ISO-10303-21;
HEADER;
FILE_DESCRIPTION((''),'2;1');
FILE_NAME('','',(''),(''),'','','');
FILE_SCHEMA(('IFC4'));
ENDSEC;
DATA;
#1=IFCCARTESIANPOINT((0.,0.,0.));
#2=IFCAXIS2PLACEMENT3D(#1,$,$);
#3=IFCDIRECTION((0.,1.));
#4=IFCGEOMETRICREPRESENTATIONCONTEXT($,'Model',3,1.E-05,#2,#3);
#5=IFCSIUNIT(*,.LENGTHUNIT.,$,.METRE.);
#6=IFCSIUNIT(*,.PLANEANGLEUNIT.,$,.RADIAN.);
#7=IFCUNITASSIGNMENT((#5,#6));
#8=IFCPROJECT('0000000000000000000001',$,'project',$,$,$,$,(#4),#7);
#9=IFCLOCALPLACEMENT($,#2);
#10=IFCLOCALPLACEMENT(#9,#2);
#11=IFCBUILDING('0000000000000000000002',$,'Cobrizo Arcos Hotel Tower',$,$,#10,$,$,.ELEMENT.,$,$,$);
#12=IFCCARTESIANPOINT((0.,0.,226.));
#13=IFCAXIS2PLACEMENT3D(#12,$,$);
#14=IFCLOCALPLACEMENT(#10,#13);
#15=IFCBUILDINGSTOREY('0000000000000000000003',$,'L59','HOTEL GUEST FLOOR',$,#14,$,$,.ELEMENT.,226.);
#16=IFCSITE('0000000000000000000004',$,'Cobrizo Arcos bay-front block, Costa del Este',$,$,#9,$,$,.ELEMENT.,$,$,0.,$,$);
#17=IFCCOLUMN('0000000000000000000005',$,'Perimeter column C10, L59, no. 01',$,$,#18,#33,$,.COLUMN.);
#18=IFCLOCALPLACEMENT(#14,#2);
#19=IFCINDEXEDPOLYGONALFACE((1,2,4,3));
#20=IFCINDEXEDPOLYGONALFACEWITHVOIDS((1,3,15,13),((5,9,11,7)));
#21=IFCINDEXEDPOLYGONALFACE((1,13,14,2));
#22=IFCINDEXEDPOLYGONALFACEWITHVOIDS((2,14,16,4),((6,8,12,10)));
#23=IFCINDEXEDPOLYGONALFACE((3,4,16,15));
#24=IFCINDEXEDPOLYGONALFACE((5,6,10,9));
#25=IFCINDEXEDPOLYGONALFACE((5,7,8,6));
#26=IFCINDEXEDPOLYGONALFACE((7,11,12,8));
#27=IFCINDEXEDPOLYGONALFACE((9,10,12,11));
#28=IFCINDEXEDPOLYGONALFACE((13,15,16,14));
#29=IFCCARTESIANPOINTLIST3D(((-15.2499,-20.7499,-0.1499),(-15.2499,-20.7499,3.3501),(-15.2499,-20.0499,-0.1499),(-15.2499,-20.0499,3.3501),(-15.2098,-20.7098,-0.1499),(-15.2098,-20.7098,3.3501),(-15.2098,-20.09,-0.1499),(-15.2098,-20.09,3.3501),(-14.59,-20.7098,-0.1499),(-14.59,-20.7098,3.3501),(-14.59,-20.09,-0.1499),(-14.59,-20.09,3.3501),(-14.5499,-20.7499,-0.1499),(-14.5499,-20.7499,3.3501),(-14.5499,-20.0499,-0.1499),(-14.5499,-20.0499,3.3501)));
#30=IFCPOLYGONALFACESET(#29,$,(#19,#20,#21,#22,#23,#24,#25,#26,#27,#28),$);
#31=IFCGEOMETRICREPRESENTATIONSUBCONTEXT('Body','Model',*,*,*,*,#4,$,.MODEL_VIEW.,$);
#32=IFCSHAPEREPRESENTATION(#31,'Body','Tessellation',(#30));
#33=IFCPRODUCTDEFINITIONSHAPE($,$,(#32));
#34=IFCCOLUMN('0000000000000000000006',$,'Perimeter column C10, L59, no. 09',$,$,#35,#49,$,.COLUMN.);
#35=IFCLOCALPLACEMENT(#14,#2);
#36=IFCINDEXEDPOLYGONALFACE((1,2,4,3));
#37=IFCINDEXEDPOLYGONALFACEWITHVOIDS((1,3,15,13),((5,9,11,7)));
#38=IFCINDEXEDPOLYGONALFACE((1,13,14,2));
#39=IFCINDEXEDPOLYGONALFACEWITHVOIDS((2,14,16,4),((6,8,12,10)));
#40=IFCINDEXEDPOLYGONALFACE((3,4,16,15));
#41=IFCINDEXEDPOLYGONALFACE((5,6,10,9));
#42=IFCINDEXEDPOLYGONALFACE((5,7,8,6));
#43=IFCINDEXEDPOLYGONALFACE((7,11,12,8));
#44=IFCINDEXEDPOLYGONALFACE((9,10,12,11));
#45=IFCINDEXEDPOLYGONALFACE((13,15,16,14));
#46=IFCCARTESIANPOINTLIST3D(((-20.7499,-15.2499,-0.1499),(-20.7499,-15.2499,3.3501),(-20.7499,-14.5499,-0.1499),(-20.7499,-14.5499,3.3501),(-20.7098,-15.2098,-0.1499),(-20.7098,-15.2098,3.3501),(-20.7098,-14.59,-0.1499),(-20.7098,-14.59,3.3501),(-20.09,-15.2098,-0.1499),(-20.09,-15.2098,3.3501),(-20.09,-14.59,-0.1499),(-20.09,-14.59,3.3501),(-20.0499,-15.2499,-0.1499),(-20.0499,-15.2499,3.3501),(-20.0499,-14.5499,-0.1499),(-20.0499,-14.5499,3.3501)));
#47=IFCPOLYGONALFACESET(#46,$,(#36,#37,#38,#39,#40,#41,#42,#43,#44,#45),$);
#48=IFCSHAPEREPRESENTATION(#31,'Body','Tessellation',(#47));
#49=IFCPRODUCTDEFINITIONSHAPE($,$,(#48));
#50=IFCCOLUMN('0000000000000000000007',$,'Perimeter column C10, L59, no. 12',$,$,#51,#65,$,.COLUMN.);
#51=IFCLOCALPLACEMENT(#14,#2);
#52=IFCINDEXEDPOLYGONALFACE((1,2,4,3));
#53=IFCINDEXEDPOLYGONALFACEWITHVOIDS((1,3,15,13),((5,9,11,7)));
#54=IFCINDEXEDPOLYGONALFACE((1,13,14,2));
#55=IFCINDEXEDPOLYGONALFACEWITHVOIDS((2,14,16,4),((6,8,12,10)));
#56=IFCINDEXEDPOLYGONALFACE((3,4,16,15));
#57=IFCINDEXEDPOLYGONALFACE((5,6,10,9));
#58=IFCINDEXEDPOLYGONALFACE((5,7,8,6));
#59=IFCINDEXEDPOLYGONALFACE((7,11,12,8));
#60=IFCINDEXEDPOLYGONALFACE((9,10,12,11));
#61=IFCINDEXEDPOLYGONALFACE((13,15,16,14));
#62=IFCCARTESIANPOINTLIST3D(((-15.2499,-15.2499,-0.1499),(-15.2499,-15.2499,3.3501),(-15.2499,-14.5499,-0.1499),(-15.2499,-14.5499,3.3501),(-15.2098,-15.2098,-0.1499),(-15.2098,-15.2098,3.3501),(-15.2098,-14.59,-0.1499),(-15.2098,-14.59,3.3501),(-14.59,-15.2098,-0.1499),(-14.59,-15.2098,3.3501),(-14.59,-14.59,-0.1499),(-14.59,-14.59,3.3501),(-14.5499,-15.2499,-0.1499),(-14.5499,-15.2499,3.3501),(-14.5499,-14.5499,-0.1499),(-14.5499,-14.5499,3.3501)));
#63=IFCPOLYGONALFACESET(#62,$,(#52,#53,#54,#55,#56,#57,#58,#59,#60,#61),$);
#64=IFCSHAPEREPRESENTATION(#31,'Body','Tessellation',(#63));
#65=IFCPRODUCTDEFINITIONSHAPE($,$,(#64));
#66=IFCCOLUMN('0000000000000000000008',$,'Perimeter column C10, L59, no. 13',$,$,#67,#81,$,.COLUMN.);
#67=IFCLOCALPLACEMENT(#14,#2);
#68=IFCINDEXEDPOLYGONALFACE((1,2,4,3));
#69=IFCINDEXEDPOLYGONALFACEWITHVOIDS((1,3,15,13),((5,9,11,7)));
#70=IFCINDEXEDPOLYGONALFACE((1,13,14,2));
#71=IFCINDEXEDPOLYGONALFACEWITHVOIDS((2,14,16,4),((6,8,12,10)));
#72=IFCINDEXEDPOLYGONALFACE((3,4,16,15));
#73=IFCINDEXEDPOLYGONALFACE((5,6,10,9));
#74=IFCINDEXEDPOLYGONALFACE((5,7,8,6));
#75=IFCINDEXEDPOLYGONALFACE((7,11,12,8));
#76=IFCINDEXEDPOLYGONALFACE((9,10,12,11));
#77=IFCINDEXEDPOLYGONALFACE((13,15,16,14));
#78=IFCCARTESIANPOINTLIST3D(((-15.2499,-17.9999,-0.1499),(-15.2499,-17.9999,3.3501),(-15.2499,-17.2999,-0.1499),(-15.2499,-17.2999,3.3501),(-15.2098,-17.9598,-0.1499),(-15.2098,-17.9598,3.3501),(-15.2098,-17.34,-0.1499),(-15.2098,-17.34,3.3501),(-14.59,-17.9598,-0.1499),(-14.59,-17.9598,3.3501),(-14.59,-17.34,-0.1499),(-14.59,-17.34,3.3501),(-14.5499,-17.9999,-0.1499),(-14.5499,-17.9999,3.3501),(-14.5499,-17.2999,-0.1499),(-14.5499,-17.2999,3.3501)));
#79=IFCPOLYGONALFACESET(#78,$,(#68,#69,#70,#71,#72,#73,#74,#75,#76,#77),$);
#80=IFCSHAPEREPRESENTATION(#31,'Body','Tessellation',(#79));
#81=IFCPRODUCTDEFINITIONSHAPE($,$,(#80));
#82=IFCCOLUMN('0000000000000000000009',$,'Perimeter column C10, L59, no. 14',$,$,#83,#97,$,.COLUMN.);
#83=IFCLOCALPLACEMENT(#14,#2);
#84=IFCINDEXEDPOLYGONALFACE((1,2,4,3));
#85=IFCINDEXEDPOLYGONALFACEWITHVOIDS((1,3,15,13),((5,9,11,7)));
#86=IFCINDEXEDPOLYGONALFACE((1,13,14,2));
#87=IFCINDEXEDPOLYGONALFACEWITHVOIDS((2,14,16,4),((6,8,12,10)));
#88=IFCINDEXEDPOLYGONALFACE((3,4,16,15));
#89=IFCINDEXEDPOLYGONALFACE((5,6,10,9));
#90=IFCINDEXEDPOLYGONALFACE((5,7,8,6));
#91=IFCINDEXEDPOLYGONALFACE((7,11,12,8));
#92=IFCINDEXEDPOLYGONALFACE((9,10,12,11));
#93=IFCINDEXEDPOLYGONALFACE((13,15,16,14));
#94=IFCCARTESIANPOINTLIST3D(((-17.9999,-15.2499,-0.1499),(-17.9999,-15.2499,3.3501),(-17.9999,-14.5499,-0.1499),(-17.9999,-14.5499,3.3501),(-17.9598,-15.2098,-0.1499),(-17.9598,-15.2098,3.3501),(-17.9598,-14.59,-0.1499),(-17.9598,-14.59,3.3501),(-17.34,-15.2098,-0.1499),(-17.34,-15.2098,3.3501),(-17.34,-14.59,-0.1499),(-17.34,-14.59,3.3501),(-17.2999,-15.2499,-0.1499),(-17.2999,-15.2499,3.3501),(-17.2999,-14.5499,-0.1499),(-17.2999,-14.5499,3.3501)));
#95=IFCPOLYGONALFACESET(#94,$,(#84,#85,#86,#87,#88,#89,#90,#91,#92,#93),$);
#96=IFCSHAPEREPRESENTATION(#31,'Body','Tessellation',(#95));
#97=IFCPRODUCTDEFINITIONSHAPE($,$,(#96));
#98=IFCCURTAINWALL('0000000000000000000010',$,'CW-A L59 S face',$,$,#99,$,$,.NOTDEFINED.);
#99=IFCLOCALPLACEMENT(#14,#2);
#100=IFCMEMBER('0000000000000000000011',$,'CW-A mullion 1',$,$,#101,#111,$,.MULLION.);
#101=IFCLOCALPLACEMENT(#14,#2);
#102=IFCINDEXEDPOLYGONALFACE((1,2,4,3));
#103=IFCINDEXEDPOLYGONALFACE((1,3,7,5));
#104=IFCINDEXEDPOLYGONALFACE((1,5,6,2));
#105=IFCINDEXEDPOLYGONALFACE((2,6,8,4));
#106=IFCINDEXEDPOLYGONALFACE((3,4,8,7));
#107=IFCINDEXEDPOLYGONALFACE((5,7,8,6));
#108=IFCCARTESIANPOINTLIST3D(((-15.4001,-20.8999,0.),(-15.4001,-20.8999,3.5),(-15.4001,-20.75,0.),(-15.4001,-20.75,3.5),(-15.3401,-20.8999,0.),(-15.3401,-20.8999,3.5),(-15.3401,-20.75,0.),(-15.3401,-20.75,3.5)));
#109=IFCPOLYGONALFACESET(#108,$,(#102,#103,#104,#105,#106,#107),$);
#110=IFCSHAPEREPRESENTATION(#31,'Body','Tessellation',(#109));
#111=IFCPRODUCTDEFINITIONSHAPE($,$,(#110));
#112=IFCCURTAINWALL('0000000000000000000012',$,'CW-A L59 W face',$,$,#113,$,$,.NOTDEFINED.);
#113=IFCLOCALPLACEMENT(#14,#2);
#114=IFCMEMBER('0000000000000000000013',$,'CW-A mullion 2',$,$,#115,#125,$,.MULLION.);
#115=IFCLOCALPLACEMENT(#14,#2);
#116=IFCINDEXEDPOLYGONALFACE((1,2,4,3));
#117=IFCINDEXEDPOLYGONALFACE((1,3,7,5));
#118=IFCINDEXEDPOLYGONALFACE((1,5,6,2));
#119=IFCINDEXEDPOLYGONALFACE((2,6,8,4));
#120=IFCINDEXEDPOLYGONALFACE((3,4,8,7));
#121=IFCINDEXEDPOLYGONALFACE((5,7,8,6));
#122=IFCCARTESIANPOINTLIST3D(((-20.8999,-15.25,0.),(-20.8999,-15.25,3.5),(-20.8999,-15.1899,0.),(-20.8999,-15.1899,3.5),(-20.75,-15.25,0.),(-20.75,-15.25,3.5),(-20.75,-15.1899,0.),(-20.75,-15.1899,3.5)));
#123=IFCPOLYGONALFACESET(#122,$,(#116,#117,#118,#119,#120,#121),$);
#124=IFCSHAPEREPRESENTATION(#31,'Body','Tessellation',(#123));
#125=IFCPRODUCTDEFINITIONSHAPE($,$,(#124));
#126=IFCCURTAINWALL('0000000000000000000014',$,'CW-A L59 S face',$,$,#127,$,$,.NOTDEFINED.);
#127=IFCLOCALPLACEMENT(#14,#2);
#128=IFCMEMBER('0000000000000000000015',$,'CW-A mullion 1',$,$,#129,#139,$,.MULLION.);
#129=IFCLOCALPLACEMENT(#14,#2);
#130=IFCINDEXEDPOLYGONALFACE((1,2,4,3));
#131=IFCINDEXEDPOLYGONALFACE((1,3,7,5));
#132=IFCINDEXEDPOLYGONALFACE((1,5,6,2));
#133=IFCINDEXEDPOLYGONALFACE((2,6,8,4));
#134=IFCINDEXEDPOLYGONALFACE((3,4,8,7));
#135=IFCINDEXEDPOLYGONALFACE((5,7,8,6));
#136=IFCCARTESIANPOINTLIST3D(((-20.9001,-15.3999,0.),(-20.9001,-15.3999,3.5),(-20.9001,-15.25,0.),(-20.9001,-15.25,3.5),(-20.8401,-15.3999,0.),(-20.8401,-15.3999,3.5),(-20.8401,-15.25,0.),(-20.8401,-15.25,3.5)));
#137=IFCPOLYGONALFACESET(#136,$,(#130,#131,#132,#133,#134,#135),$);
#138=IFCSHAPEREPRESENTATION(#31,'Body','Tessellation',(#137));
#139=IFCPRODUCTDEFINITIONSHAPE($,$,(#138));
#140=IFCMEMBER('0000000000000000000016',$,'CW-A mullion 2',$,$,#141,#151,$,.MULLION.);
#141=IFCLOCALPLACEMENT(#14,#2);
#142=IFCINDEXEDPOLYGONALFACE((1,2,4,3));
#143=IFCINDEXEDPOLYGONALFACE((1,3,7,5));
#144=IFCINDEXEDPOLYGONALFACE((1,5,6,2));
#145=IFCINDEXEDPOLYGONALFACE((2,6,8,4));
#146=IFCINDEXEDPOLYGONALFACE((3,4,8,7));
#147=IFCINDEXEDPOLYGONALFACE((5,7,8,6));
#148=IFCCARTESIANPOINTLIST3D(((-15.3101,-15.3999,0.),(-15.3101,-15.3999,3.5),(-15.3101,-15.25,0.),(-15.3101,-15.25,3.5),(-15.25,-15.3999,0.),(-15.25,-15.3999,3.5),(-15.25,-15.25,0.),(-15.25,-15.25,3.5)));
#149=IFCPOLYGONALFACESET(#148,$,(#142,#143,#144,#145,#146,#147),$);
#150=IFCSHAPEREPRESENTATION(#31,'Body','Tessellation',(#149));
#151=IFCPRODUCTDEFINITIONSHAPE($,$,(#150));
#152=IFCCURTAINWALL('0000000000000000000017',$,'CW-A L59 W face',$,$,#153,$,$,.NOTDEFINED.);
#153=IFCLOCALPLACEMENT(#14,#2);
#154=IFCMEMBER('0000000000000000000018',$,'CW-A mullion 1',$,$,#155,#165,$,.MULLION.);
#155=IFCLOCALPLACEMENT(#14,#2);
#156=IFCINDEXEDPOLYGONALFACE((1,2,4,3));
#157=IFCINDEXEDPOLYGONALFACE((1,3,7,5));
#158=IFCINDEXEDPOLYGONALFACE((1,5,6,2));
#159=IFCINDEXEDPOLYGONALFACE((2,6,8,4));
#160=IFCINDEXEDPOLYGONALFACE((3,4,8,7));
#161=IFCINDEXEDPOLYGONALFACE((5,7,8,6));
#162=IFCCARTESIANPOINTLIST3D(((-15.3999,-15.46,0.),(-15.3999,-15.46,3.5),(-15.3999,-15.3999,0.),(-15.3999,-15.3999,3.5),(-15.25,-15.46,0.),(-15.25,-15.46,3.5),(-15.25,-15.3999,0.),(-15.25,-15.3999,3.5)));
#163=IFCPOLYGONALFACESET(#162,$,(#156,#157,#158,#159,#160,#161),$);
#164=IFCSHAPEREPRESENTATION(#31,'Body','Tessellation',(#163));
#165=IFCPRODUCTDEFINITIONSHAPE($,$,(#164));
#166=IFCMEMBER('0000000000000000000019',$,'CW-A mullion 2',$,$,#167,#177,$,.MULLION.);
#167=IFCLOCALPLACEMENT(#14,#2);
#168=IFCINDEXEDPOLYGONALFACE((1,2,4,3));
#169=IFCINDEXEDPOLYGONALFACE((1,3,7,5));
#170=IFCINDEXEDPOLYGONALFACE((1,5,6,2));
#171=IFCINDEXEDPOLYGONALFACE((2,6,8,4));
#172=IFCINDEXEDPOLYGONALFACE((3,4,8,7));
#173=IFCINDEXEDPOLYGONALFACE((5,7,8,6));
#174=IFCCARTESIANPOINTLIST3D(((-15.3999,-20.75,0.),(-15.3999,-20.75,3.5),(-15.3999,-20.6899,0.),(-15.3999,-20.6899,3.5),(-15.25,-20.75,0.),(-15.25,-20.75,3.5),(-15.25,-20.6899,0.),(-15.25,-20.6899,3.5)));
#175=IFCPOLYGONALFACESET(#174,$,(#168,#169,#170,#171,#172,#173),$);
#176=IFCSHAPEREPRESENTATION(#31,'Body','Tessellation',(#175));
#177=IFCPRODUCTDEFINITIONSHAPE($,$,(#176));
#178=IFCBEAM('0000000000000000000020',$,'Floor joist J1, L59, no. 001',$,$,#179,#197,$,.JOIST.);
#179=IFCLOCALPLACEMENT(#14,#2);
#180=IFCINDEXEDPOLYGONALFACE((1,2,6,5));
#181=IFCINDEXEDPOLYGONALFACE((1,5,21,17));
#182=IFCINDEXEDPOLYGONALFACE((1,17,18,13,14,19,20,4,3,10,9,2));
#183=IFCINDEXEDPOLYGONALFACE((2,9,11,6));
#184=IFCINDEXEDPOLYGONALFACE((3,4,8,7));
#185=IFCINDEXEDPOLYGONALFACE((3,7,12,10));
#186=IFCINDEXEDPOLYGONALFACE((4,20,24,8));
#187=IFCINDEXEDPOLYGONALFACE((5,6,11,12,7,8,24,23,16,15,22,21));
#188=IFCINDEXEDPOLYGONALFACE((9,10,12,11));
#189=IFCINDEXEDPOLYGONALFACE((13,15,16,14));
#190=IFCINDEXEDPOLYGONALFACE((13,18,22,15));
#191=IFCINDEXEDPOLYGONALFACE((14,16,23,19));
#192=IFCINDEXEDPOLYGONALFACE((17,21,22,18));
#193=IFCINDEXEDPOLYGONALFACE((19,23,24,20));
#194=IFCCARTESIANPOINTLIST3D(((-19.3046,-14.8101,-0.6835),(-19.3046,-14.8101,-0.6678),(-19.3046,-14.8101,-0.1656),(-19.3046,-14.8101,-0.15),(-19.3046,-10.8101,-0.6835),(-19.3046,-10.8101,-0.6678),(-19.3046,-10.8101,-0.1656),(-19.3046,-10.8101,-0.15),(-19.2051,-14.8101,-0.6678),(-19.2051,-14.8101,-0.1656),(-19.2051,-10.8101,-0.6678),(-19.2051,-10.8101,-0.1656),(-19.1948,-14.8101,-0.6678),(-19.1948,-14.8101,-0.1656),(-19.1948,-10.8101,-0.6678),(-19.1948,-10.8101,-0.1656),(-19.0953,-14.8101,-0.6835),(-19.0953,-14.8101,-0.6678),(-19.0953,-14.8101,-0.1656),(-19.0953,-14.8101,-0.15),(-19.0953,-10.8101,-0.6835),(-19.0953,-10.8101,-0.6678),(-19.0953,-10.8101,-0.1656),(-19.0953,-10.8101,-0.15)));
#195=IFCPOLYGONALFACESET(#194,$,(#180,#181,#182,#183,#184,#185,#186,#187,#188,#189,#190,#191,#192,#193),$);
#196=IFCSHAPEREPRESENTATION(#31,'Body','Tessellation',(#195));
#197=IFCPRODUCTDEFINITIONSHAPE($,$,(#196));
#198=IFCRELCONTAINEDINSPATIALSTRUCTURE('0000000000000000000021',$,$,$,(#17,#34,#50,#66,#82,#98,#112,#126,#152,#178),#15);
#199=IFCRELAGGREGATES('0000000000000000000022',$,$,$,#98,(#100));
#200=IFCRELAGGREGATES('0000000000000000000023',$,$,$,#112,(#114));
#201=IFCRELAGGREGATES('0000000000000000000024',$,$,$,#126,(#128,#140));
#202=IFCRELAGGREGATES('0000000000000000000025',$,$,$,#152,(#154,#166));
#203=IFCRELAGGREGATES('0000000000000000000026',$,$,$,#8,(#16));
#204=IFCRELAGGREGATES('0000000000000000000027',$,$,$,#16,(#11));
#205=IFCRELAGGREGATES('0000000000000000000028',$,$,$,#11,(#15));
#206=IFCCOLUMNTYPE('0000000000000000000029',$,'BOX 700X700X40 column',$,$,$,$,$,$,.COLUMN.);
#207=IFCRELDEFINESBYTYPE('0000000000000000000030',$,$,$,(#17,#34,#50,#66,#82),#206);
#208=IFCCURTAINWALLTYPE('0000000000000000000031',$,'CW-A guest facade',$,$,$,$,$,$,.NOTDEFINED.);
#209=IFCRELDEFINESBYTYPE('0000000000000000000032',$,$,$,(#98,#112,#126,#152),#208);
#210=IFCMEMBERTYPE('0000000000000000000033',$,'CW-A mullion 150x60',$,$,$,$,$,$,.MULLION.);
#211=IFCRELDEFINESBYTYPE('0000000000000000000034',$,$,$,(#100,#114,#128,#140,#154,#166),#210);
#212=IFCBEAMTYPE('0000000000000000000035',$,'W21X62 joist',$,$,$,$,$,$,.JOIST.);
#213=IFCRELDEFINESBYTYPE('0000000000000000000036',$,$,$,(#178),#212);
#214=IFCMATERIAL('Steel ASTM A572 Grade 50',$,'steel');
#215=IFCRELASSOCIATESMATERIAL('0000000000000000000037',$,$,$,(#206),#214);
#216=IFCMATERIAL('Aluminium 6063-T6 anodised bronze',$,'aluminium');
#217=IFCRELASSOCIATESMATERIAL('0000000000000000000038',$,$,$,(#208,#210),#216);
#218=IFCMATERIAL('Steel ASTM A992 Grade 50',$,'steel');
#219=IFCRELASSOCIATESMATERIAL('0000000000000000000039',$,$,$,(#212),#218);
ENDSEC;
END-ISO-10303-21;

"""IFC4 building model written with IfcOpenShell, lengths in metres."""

from ifc_helpers import new_model, si_unit, direction, frame, origin, origin_2d, place, context, subcontext, project, spatial, rectangle, hollow_rectangle, i_section, extrude, material, material_profile, profile_set, type_object, element, aggregate, save


model = new_model("IFC4")

# Units and contexts
model_context = context("Model", 3, precision=1e-05, world=origin(), true_north=direction((0.0, 1.0)))
body_context = subcontext(model_context, "Body", "Model", "MODEL_VIEW")
ifc_project = project(units=[si_unit("LENGTHUNIT", "METRE"), si_unit("PLANEANGLEUNIT", "RADIAN")], contexts=[model_context])

# Site, building, storey
site_placement = place(None, origin())
site = spatial("IfcSite", under=ifc_project, at=site_placement, Name="Cobrizo Arcos bay-front block, Costa del Este", CompositionType="ELEMENT", RefElevation=0.0)
building_placement = place(site_placement, origin())
building = spatial("IfcBuilding", under=site, at=building_placement, Name="Cobrizo Arcos Hotel Tower", CompositionType="ELEMENT")
storey_placement = place(building_placement, frame((0.0, 0.0, 226.0)))
storey = spatial("IfcBuildingStorey", under=building, at=storey_placement, Name="L59", Description="HOTEL GUEST FLOOR", CompositionType="ELEMENT", Elevation=226.0)

# Columns
ifc_material_1 = material(Name="Steel ASTM A572 Grade 50", Category="steel")
ifc_material_profile_1 = material_profile(ifc_material_1, hollow_rectangle(XDim=0.7, YDim=0.7, WallThickness=0.04, at=origin_2d()), Name="BOX 700X700X40")
ifc_profile_set_1 = profile_set([ifc_material_profile_1], Name="Steel ASTM A572 Grade 50")
column_type = type_object("IfcColumnType", Name="BOX 700X700X40 column", PredefinedType="COLUMN", material=ifc_profile_set_1)
for number, where, z_axis, x_axis, name in (
    (1, (-14.8999, -20.3999, -0.1499), (0.0, 0.0, 1.0), (1.0, 0.0, 0.0), "Perimeter column C10, L59, no. 01"),
    (2, (-20.3999, -14.8999, -0.1499), (0.0, 0.0, 1.0), (1.0, 0.0, 0.0), "Perimeter column C10, L59, no. 09"),
    (3, (-14.8999, -14.8999, -0.1499), (0.0, 0.0, 1.0), (1.0, 0.0, 0.0), "Perimeter column C10, L59, no. 12"),
    (4, (-14.8999, -17.6499, -0.1499), (0.0, 0.0, 1.0), (1.0, 0.0, 0.0), "Perimeter column C10, L59, no. 13"),
    (5, (-17.6499, -14.8999, -0.1499), (0.0, 0.0, 1.0), (1.0, 0.0, 0.0), "Perimeter column C10, L59, no. 14"),
):
    element("IfcColumn", number, at=place(storey_placement, frame(where, z_axis=z_axis, x_axis=x_axis)), inside=storey, type_object=column_type, Name=name, PredefinedType="COLUMN", context=body_context, shape_type="SweptSolid", body=[
        extrude(hollow_rectangle(XDim=0.7, YDim=0.7, WallThickness=0.04, at=origin_2d()), origin(), (0.0, 0.0, 1.0), 3.5),
    ])

# Curtain walls, members
ifc_material_2 = material(Name="Aluminium 6063-T6 anodised bronze", Category="aluminium")
curtain_wall_type = type_object("IfcCurtainWallType", Name="CW-A guest facade", PredefinedType="NOTDEFINED", material=ifc_material_2)
curtain_wall_1_placement = place(storey_placement, origin())
curtain_wall_1 = element("IfcCurtainWall", 6, at=curtain_wall_1_placement, inside=storey, type_object=curtain_wall_type, Name="CW-A L59 S face", PredefinedType="NOTDEFINED")
ifc_material_profile_2 = material_profile(ifc_material_2, rectangle(XDim=0.1499, YDim=0.0601, at=origin_2d()), Name="CW-A mullion 150x60")
ifc_profile_set_2 = profile_set([ifc_material_profile_2], Name="Aluminium 6063-T6 anodised bronze")
member_type = type_object("IfcMemberType", Name="CW-A mullion 150x60", PredefinedType="MULLION", material=ifc_profile_set_2)
member_1_placement = place(storey_placement, frame((-15.3701, -20.825, 0.0), z_axis=(0.0, 0.0, 1.0), x_axis=(0.0, -1.0, 0.0)))
member_1 = element("IfcMember", 7, at=member_1_placement, type_object=member_type, Name="CW-A mullion 1", PredefinedType="MULLION", context=body_context, shape_type="SweptSolid", body=[
    extrude(rectangle(XDim=0.1499, YDim=0.0601, at=origin_2d()), origin(), (0.0, 0.0, 1.0), 3.5),
])
aggregate(curtain_wall_1, [member_1])
curtain_wall_2_placement = place(storey_placement, origin())
curtain_wall_2 = element("IfcCurtainWall", 8, at=curtain_wall_2_placement, inside=storey, type_object=curtain_wall_type, Name="CW-A L59 W face", PredefinedType="NOTDEFINED")
member_2_placement = place(storey_placement, frame((-20.825, -15.22, 0.0), z_axis=(0.0, 0.0, 1.0), x_axis=(-1.0, 0.0, 0.0)))
member_2 = element("IfcMember", 9, at=member_2_placement, type_object=member_type, Name="CW-A mullion 2", PredefinedType="MULLION", context=body_context, shape_type="SweptSolid", body=[
    extrude(rectangle(XDim=0.1499, YDim=0.0601, at=origin_2d()), origin(), (0.0, 0.0, 1.0), 3.5),
])
aggregate(curtain_wall_2, [member_2])

# Curtain walls, members
curtain_wall_3_placement = place(storey_placement, origin())
curtain_wall_3 = element("IfcCurtainWall", 10, at=curtain_wall_3_placement, inside=storey, type_object=curtain_wall_type, Name="CW-A L59 S face", PredefinedType="NOTDEFINED")
member_3_placement = place(storey_placement, frame((-20.8701, -15.325, 0.0), z_axis=(0.0, 0.0, 1.0), x_axis=(0.0, -1.0, 0.0)))
member_3 = element("IfcMember", 11, at=member_3_placement, type_object=member_type, Name="CW-A mullion 1", PredefinedType="MULLION", context=body_context, shape_type="SweptSolid", body=[
    extrude(rectangle(XDim=0.1499, YDim=0.0601, at=origin_2d()), origin(), (0.0, 0.0, 1.0), 3.5),
])
member_4_placement = place(storey_placement, frame((-15.28, -15.325, 0.0), z_axis=(0.0, 0.0, 1.0), x_axis=(0.0, -1.0, 0.0)))
member_4 = element("IfcMember", 12, at=member_4_placement, type_object=member_type, Name="CW-A mullion 2", PredefinedType="MULLION", context=body_context, shape_type="SweptSolid", body=[
    extrude(rectangle(XDim=0.1499, YDim=0.0601, at=origin_2d()), origin(), (0.0, 0.0, 1.0), 3.5),
])
curtain_wall_4_placement = place(storey_placement, origin())
curtain_wall_4 = element("IfcCurtainWall", 13, at=curtain_wall_4_placement, inside=storey, type_object=curtain_wall_type, Name="CW-A L59 W face", PredefinedType="NOTDEFINED")
member_5_placement = place(storey_placement, frame((-15.325, -15.4299, 0.0), z_axis=(0.0, 0.0, 1.0), x_axis=(-1.0, 0.0, 0.0)))
member_5 = element("IfcMember", 14, at=member_5_placement, type_object=member_type, Name="CW-A mullion 1", PredefinedType="MULLION", context=body_context, shape_type="SweptSolid", body=[
    extrude(rectangle(XDim=0.1499, YDim=0.0601, at=origin_2d()), origin(), (0.0, 0.0, 1.0), 3.5),
])
member_6_placement = place(storey_placement, frame((-15.325, -20.72, 0.0), z_axis=(0.0, 0.0, 1.0), x_axis=(-1.0, 0.0, 0.0)))
member_6 = element("IfcMember", 15, at=member_6_placement, type_object=member_type, Name="CW-A mullion 2", PredefinedType="MULLION", context=body_context, shape_type="SweptSolid", body=[
    extrude(rectangle(XDim=0.1499, YDim=0.0601, at=origin_2d()), origin(), (0.0, 0.0, 1.0), 3.5),
])

# Beam
ifc_material_3 = material(Name="Steel ASTM A992 Grade 50", Category="steel")
ifc_material_profile_3 = material_profile(ifc_material_3, i_section(OverallWidth=0.2092, OverallDepth=0.5334, WebThickness=0.0103, FlangeThickness=0.0156, at=origin_2d()), Name="W21X62")
ifc_profile_set_3 = profile_set([ifc_material_profile_3], Name="Steel ASTM A992 Grade 50")
beam_type_1 = type_object("IfcBeamType", Name="W21X62 joist", PredefinedType="JOIST", material=ifc_profile_set_3)
beam_1_placement = place(storey_placement, frame((-19.2, -14.8101, -0.4167), z_axis=(0.0, 1.0, 0.0), x_axis=(-1.0, 0.0, 0.0)))
element("IfcBeam", 16, at=beam_1_placement, inside=storey, type_object=beam_type_1, Name="Floor joist J1, L59, no. 001", PredefinedType="JOIST", context=body_context, shape_type="SweptSolid", body=[
    extrude(i_section(OverallWidth=0.2092, OverallDepth=0.5334, WebThickness=0.0103, FlangeThickness=0.0156, at=origin_2d()), origin(), (0.0, 0.0, 1.0), 4.0),
])

aggregate(curtain_wall_3, [member_3, member_4])
aggregate(curtain_wall_4, [member_5, member_6])

save(model, "model.ifc")
